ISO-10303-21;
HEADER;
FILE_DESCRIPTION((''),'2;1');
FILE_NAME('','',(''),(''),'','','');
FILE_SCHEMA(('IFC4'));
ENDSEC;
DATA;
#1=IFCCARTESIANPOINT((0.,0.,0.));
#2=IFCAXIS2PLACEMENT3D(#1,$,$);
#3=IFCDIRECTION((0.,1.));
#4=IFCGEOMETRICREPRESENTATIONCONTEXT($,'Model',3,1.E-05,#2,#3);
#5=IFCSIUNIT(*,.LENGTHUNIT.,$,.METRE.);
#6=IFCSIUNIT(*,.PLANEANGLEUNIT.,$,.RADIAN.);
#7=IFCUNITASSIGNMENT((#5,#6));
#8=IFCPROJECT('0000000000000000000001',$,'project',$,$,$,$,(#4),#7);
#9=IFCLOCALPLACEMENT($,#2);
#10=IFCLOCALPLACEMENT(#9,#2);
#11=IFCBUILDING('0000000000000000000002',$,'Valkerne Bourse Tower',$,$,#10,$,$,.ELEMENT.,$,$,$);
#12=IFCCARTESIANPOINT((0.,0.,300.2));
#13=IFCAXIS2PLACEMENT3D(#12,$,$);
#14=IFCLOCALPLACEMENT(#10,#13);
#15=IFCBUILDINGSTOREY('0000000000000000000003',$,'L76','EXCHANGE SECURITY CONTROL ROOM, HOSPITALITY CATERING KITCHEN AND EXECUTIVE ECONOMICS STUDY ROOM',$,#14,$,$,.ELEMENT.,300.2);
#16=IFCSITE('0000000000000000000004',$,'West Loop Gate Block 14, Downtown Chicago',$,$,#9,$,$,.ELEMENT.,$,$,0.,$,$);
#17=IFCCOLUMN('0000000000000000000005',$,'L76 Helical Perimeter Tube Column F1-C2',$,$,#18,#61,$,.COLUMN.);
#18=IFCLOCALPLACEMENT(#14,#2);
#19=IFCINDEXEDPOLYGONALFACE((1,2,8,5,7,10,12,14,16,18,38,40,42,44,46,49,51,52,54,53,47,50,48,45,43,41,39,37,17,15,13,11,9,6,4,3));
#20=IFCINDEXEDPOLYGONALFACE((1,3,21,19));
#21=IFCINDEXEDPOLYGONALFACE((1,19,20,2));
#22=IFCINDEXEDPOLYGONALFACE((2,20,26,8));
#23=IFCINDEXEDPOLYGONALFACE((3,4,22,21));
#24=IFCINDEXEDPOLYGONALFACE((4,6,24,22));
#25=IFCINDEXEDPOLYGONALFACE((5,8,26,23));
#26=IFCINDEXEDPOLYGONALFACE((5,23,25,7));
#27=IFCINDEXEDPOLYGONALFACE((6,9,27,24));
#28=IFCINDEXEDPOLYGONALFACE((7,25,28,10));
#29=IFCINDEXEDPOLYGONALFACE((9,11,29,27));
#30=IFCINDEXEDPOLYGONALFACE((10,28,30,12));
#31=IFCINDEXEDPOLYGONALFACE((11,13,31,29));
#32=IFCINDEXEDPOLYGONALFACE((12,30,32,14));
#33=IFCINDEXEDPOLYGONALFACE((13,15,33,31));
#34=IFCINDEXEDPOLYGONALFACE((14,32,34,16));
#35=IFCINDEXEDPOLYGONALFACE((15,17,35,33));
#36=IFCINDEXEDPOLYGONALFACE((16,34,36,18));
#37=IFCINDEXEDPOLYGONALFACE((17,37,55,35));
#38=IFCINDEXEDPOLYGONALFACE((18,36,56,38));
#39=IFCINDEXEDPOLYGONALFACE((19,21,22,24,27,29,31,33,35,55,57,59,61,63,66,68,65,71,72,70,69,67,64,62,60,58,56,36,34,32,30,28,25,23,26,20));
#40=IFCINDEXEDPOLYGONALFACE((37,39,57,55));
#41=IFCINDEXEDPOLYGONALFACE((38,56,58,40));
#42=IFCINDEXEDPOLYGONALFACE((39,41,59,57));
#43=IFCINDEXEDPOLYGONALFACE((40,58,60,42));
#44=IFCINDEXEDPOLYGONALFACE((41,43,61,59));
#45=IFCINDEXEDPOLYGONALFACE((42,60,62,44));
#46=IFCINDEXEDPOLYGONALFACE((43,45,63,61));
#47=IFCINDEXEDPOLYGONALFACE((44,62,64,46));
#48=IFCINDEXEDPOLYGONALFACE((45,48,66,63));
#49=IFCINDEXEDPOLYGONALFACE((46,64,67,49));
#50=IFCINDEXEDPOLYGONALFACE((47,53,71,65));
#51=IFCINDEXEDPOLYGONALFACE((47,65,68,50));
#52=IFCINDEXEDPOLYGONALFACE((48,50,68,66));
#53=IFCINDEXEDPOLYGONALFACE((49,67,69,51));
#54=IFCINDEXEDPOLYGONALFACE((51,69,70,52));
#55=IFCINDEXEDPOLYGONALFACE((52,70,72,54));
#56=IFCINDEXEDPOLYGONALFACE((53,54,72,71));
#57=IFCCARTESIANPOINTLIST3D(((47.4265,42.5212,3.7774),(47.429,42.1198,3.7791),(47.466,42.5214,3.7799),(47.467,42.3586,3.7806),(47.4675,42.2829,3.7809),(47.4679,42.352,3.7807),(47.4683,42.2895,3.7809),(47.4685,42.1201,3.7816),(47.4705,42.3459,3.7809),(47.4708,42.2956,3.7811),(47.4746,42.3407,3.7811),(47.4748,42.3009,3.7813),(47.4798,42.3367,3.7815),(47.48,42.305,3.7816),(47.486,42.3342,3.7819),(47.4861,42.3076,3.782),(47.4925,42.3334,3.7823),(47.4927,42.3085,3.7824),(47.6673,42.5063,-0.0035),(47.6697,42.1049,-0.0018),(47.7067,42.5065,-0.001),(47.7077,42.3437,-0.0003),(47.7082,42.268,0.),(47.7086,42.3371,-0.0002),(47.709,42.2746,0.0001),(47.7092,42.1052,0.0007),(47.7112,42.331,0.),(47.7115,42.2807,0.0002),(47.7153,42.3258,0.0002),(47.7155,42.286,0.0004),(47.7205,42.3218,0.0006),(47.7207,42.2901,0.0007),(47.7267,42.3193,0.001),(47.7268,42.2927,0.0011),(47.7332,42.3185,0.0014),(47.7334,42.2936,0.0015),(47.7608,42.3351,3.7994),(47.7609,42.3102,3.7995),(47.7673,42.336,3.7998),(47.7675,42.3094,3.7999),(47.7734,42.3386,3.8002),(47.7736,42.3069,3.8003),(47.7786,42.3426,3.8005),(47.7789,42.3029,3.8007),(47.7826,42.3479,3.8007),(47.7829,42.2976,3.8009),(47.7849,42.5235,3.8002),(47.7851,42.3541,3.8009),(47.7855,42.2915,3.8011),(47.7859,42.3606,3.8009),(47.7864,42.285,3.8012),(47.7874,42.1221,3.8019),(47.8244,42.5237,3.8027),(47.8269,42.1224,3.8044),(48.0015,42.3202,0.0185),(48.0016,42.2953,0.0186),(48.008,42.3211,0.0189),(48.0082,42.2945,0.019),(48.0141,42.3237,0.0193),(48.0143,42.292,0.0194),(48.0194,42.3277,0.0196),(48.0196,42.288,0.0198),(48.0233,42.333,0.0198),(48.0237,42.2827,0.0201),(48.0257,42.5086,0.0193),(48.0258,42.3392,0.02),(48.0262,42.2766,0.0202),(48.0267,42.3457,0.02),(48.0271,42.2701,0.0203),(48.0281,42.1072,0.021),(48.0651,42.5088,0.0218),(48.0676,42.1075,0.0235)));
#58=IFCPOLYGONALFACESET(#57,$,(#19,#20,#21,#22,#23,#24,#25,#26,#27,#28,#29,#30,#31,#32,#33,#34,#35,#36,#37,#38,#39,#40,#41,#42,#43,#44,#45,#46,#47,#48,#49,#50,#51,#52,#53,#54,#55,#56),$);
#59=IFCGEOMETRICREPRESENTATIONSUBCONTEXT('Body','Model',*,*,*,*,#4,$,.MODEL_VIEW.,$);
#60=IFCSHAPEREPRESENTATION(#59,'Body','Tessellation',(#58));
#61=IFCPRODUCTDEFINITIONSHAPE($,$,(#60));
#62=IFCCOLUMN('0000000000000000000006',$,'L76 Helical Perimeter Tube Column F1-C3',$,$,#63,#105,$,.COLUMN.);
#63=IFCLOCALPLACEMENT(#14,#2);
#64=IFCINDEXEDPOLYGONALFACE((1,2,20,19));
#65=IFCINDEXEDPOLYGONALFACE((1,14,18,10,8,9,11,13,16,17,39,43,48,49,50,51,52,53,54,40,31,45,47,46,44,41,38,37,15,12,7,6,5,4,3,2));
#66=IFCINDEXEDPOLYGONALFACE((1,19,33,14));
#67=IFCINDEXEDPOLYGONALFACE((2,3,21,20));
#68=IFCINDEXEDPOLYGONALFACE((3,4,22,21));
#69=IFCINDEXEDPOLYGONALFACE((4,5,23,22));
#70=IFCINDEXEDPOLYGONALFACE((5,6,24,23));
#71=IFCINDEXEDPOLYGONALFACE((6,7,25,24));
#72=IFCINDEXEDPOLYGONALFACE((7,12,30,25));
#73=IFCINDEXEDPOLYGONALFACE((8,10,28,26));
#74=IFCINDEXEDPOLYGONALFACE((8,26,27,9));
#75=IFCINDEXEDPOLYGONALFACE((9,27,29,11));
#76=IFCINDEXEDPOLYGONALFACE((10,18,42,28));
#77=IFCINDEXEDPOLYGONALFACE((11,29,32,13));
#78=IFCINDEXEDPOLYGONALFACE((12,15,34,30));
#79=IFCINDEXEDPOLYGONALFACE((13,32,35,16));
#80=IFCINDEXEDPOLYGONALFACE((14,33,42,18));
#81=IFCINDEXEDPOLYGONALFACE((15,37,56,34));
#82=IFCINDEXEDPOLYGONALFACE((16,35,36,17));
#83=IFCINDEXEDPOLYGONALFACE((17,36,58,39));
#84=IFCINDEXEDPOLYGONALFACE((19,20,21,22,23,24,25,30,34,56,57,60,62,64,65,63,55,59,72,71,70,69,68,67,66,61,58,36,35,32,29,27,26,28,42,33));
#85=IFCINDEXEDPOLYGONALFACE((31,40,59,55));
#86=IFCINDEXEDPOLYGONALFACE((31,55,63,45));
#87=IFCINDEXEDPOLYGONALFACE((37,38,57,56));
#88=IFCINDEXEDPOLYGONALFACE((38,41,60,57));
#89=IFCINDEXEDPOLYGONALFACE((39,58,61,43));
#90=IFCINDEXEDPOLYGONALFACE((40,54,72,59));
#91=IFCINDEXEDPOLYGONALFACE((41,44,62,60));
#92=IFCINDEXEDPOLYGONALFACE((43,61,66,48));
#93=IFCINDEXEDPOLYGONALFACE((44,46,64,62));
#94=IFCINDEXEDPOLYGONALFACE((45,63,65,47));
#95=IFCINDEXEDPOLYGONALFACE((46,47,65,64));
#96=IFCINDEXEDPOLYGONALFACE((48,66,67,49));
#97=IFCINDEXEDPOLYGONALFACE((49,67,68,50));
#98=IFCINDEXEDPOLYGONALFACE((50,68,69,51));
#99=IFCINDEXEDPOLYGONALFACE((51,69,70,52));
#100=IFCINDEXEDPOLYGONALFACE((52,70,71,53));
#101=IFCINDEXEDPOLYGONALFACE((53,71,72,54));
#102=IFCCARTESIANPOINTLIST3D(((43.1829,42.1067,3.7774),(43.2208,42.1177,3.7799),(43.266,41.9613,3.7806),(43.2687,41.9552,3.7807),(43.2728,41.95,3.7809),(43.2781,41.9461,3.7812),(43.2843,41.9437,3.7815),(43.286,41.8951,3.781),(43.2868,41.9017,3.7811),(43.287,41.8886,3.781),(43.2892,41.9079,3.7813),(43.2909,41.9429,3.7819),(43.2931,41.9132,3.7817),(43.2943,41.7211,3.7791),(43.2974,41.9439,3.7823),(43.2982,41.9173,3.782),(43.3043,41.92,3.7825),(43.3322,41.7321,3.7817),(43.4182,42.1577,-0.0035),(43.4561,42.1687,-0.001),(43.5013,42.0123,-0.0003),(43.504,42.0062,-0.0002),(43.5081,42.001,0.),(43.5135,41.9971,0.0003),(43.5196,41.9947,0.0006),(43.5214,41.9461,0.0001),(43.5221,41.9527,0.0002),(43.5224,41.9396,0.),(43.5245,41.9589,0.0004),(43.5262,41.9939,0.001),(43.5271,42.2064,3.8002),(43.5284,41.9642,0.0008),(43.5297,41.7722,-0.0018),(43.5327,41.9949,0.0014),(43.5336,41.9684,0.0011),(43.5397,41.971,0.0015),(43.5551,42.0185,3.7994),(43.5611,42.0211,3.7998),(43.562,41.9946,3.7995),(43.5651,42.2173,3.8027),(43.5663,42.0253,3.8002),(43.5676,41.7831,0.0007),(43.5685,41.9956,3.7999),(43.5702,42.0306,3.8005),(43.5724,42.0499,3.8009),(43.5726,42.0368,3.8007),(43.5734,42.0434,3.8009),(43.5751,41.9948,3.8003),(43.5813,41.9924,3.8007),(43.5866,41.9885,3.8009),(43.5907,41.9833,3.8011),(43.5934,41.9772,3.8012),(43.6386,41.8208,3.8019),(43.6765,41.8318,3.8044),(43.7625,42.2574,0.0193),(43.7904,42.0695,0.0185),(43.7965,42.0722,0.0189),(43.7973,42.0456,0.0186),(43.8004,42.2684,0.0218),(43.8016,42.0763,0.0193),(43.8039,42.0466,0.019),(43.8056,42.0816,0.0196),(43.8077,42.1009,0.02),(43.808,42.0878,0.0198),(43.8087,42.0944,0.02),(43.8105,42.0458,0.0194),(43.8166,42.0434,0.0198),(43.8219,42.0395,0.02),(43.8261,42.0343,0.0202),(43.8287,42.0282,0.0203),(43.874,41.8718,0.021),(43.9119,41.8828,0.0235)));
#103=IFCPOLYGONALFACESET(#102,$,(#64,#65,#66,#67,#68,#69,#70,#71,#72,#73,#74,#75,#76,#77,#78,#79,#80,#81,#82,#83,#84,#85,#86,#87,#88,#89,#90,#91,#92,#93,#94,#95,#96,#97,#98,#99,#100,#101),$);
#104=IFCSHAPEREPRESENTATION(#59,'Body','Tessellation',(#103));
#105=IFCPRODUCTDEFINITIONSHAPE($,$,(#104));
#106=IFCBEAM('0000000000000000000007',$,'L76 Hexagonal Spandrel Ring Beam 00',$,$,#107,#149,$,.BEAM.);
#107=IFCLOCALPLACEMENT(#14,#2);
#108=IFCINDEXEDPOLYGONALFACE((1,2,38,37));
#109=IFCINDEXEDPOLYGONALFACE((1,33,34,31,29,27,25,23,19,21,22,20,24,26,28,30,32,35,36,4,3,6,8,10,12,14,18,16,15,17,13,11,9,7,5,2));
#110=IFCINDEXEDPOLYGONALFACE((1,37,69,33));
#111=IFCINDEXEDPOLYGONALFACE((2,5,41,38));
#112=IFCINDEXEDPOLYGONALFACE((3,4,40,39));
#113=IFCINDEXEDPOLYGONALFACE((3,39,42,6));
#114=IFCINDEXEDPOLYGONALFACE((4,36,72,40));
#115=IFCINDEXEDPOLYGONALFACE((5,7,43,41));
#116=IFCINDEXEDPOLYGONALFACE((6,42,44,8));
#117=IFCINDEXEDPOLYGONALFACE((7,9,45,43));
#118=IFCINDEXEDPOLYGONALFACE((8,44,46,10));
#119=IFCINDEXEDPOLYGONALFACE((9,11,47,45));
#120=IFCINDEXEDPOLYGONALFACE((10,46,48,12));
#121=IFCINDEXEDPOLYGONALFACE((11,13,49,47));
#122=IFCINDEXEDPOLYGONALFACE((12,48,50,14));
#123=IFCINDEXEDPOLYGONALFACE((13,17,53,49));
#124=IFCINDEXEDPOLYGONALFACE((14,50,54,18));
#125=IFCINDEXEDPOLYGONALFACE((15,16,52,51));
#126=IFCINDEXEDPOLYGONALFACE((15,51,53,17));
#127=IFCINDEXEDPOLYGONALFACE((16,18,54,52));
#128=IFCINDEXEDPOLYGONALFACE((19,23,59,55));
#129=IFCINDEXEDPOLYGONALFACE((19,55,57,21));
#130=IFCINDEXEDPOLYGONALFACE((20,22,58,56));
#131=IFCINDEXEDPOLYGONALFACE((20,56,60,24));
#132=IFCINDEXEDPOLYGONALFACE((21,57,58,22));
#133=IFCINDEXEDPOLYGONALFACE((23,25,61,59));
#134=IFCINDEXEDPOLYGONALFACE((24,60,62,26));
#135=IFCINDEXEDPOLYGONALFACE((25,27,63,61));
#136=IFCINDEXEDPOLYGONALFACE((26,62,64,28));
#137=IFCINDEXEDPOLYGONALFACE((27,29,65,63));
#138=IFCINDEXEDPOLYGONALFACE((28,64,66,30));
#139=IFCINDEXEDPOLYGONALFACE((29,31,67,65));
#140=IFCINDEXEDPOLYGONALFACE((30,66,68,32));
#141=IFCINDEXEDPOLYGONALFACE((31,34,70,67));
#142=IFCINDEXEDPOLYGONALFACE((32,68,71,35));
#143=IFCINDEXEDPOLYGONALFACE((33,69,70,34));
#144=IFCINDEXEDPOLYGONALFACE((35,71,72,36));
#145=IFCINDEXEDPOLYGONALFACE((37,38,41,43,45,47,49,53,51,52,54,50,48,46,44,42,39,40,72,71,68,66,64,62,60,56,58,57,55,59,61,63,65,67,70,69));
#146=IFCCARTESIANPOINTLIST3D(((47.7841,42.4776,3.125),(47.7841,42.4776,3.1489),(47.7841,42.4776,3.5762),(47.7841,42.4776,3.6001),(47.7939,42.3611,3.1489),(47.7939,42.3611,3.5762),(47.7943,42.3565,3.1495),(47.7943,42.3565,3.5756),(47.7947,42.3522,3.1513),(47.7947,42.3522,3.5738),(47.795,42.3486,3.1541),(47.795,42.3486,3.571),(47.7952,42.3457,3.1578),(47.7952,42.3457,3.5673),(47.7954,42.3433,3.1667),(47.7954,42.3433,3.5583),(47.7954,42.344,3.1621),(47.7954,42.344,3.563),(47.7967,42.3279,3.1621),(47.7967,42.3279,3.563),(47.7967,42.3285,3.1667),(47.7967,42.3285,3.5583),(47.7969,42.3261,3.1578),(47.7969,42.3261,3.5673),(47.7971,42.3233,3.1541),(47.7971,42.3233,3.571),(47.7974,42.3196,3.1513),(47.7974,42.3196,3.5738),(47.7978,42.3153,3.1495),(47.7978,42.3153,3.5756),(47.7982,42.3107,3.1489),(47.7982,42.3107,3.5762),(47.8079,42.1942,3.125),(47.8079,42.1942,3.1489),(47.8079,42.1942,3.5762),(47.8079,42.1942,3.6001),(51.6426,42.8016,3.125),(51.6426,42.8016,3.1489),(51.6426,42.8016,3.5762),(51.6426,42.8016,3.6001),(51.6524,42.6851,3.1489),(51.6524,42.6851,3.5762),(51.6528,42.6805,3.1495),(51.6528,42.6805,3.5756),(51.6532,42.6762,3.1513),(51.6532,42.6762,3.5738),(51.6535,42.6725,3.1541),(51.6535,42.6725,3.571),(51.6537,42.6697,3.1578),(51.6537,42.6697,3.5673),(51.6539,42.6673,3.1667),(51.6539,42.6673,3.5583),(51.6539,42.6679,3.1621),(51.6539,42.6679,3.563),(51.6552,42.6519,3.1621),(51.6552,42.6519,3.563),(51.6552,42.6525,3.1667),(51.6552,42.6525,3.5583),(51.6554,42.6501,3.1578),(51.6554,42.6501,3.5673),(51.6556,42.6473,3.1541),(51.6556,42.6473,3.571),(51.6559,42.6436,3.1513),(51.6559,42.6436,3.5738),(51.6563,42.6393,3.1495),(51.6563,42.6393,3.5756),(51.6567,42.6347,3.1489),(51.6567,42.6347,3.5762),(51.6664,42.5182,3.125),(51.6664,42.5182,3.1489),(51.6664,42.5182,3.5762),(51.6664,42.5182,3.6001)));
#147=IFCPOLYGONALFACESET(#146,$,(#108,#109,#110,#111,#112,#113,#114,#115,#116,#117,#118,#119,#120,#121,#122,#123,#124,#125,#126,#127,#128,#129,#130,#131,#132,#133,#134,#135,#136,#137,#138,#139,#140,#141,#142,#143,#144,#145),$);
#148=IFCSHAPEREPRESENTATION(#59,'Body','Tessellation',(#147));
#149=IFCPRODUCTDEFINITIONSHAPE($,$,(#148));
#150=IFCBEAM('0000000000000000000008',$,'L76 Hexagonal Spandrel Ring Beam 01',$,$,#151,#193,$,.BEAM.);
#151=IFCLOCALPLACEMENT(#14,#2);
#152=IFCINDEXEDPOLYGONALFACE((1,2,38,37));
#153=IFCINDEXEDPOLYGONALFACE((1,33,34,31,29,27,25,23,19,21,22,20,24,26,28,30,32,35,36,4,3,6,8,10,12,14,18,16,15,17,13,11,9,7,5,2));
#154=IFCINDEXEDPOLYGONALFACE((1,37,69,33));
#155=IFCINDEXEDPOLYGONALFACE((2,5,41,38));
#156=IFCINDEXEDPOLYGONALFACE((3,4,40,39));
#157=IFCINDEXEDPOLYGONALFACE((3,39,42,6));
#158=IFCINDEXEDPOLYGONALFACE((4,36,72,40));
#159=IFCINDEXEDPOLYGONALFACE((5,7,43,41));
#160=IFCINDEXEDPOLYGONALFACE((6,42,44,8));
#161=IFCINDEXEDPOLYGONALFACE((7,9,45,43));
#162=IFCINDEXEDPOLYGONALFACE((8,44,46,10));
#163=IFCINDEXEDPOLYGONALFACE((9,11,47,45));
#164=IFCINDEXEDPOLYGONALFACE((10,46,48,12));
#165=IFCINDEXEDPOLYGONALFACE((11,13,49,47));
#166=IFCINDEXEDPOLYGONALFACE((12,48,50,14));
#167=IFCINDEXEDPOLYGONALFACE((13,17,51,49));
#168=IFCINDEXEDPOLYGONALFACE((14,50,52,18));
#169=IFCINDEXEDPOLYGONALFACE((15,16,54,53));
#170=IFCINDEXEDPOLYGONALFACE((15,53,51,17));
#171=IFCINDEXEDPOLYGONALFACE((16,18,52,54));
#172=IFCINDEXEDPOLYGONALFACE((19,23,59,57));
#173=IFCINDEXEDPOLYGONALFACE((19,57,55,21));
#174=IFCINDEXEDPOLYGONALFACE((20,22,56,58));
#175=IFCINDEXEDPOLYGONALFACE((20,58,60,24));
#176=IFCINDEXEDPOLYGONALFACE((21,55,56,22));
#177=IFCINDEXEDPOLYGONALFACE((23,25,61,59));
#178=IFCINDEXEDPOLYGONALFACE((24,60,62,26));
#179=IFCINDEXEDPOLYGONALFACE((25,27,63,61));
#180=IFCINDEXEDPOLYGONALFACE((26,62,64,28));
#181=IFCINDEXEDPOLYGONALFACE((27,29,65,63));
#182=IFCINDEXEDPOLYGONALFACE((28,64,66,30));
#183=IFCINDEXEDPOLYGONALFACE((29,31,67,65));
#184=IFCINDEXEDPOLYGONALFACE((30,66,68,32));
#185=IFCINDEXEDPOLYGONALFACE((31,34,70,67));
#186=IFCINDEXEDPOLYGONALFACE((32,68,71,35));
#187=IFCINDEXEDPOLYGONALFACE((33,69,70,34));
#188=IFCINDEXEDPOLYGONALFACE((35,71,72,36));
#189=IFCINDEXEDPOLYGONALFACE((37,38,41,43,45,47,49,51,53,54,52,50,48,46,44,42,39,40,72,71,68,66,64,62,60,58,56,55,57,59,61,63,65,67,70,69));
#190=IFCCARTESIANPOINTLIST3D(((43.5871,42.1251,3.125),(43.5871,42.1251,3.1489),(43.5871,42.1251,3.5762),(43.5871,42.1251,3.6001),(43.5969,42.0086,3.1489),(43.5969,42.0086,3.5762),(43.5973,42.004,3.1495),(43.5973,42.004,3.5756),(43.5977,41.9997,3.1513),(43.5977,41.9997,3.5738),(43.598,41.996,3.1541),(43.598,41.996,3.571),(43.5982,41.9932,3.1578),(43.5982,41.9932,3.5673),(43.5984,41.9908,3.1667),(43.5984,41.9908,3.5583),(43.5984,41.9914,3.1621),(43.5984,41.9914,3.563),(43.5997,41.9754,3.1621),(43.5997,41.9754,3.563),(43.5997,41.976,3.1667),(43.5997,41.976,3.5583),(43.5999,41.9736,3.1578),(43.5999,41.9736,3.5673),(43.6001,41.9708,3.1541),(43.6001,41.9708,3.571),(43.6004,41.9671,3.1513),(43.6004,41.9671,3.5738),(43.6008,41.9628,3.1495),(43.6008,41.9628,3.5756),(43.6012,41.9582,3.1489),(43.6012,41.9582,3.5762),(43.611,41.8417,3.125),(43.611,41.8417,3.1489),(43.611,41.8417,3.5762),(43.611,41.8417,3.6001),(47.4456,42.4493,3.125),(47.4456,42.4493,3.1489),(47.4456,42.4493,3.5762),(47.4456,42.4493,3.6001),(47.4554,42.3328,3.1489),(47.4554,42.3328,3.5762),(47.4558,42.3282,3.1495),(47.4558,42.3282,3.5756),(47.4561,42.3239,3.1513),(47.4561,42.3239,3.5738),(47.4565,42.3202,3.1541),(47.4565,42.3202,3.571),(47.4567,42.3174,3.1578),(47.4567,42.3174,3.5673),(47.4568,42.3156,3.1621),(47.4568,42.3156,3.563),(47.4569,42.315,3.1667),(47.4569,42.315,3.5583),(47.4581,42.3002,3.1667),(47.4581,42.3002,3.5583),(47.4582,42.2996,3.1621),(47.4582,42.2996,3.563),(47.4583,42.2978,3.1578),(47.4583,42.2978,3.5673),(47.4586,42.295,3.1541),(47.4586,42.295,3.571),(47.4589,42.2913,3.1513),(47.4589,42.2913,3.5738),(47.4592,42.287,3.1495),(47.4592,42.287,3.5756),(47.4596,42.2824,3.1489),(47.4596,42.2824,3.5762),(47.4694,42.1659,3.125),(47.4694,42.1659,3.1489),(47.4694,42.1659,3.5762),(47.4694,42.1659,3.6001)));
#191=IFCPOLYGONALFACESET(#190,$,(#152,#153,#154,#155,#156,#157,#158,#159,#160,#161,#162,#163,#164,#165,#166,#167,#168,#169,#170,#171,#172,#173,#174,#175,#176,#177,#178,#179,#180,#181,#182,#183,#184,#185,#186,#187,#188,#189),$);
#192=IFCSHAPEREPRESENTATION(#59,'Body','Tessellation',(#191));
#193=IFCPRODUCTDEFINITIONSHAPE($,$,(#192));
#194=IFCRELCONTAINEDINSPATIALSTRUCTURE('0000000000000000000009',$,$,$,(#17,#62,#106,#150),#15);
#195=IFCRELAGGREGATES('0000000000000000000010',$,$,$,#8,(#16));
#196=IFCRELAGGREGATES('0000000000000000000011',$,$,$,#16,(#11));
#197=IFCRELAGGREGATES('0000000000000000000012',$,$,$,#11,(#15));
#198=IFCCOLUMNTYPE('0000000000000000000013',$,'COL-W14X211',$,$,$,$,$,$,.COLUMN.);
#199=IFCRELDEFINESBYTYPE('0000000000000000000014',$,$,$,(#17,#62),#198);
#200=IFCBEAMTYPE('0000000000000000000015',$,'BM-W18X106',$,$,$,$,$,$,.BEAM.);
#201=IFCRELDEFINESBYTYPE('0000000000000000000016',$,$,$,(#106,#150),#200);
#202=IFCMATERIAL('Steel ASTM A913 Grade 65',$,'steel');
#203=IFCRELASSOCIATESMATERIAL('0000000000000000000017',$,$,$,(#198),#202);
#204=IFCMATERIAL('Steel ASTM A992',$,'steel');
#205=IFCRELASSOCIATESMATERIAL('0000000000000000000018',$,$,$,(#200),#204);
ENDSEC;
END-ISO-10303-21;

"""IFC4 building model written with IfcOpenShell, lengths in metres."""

from ifc_helpers import new_model, si_unit, direction, frame, origin, origin_2d, place, context, subcontext, project, spatial, i_section, extrude, material, material_profile, profile_set, type_object, element, save


model = new_model("IFC4")

# Units and contexts
model_context = context("Model", 3, precision=1e-05, world=origin(), true_north=direction((0.0, 1.0)))
body_context = subcontext(model_context, "Body", "Model", "MODEL_VIEW")
ifc_project = project(units=[si_unit("LENGTHUNIT", "METRE"), si_unit("PLANEANGLEUNIT", "RADIAN")], contexts=[model_context])

# Site, building, storey
site_placement = place(None, origin())
site = spatial("IfcSite", under=ifc_project, at=site_placement, Name="West Loop Gate Block 14, Downtown Chicago", CompositionType="ELEMENT", RefElevation=0.0)
building_placement = place(site_placement, origin())
building = spatial("IfcBuilding", under=site, at=building_placement, Name="Valkerne Bourse Tower", CompositionType="ELEMENT")
storey_placement = place(building_placement, frame((0.0, 0.0, 300.2)))
storey = spatial("IfcBuildingStorey", under=building, at=storey_placement, Name="L76", Description="EXCHANGE SECURITY CONTROL ROOM, HOSPITALITY CATERING KITCHEN AND EXECUTIVE ECONOMICS STUDY ROOM", CompositionType="ELEMENT", Elevation=300.2)

# Columns
ifc_material_1 = material(Name="Steel ASTM A913 Grade 65", Category="steel")
ifc_material_profile_1 = material_profile(ifc_material_1, i_section(OverallWidth=0.4014, OverallDepth=0.3987, WebThickness=0.0249, FlangeThickness=0.0396, FilletRadius=0.0254, at=origin_2d()), Name="W14X211")
ifc_profile_set_1 = profile_set([ifc_material_profile_1], Name="Steel ASTM A913 Grade 65")
column_type = type_object("IfcColumnType", Name="COL-W14X211", PredefinedType="COLUMN", material=ifc_profile_set_1)
for number, where, z_axis, x_axis, name in (
    (1, (47.8674, 42.3069, 0.01), (-0.063537, 0.003931, 0.997972), (-0.006143, 0.999972, -0.00433), "L76 Helical Perimeter Tube Column F1-C2"),
    (2, (43.665, 42.0203, 0.01), (-0.06212, -0.013468, 0.997978), (-0.277728, 0.96065, -0.004323), "L76 Helical Perimeter Tube Column F1-C3"),
):
    element("IfcColumn", number, at=place(storey_placement, frame(where, z_axis=z_axis, x_axis=x_axis)), inside=storey, type_object=column_type, Name=name, PredefinedType="COLUMN", context=body_context, shape_type="SweptSolid", body=[
        extrude(i_section(OverallWidth=0.4014, OverallDepth=0.3987, WebThickness=0.0249, FlangeThickness=0.0396, FilletRadius=0.0254, at=origin_2d()), origin(), (0.0, 0.0, 1.0), 3.7886),
    ])

# Beams
ifc_material_2 = material(Name="Steel ASTM A992", Category="steel")
ifc_material_profile_2 = material_profile(ifc_material_2, i_section(OverallWidth=0.2844, OverallDepth=0.4751, WebThickness=0.0149, FlangeThickness=0.0239, FilletRadius=0.0178, at=origin_2d()), Name="W18X106")
ifc_profile_set_2 = profile_set([ifc_material_profile_2], Name="Steel ASTM A992")
beam_type_1 = type_object("IfcBeamType", Name="BM-W18X106", PredefinedType="BEAM", material=ifc_profile_set_2)
for number, where, z_axis, x_axis, name in (
    (3, (51.6545, 42.6599, 3.3625), (-0.996493, -0.083672, 0.0), (0.083672, -0.996493, 0.0), "L76 Hexagonal Spandrel Ring Beam 00"),
    (4, (47.4575, 42.3076, 3.3625), (-0.996488, -0.083734, 0.0), (0.083734, -0.996488, 0.0), "L76 Hexagonal Spandrel Ring Beam 01"),
):
    element("IfcBeam", number, at=place(storey_placement, frame(where, z_axis=z_axis, x_axis=x_axis)), inside=storey, type_object=beam_type_1, Name=name, PredefinedType="BEAM", context=body_context, shape_type="SweptSolid", body=[
        extrude(i_section(OverallWidth=0.2844, OverallDepth=0.4751, WebThickness=0.0149, FlangeThickness=0.0239, FilletRadius=0.0178, at=origin_2d()), origin(), (0.0, 0.0, 1.0), 3.8721),
    ])

save(model, "model.ifc")
